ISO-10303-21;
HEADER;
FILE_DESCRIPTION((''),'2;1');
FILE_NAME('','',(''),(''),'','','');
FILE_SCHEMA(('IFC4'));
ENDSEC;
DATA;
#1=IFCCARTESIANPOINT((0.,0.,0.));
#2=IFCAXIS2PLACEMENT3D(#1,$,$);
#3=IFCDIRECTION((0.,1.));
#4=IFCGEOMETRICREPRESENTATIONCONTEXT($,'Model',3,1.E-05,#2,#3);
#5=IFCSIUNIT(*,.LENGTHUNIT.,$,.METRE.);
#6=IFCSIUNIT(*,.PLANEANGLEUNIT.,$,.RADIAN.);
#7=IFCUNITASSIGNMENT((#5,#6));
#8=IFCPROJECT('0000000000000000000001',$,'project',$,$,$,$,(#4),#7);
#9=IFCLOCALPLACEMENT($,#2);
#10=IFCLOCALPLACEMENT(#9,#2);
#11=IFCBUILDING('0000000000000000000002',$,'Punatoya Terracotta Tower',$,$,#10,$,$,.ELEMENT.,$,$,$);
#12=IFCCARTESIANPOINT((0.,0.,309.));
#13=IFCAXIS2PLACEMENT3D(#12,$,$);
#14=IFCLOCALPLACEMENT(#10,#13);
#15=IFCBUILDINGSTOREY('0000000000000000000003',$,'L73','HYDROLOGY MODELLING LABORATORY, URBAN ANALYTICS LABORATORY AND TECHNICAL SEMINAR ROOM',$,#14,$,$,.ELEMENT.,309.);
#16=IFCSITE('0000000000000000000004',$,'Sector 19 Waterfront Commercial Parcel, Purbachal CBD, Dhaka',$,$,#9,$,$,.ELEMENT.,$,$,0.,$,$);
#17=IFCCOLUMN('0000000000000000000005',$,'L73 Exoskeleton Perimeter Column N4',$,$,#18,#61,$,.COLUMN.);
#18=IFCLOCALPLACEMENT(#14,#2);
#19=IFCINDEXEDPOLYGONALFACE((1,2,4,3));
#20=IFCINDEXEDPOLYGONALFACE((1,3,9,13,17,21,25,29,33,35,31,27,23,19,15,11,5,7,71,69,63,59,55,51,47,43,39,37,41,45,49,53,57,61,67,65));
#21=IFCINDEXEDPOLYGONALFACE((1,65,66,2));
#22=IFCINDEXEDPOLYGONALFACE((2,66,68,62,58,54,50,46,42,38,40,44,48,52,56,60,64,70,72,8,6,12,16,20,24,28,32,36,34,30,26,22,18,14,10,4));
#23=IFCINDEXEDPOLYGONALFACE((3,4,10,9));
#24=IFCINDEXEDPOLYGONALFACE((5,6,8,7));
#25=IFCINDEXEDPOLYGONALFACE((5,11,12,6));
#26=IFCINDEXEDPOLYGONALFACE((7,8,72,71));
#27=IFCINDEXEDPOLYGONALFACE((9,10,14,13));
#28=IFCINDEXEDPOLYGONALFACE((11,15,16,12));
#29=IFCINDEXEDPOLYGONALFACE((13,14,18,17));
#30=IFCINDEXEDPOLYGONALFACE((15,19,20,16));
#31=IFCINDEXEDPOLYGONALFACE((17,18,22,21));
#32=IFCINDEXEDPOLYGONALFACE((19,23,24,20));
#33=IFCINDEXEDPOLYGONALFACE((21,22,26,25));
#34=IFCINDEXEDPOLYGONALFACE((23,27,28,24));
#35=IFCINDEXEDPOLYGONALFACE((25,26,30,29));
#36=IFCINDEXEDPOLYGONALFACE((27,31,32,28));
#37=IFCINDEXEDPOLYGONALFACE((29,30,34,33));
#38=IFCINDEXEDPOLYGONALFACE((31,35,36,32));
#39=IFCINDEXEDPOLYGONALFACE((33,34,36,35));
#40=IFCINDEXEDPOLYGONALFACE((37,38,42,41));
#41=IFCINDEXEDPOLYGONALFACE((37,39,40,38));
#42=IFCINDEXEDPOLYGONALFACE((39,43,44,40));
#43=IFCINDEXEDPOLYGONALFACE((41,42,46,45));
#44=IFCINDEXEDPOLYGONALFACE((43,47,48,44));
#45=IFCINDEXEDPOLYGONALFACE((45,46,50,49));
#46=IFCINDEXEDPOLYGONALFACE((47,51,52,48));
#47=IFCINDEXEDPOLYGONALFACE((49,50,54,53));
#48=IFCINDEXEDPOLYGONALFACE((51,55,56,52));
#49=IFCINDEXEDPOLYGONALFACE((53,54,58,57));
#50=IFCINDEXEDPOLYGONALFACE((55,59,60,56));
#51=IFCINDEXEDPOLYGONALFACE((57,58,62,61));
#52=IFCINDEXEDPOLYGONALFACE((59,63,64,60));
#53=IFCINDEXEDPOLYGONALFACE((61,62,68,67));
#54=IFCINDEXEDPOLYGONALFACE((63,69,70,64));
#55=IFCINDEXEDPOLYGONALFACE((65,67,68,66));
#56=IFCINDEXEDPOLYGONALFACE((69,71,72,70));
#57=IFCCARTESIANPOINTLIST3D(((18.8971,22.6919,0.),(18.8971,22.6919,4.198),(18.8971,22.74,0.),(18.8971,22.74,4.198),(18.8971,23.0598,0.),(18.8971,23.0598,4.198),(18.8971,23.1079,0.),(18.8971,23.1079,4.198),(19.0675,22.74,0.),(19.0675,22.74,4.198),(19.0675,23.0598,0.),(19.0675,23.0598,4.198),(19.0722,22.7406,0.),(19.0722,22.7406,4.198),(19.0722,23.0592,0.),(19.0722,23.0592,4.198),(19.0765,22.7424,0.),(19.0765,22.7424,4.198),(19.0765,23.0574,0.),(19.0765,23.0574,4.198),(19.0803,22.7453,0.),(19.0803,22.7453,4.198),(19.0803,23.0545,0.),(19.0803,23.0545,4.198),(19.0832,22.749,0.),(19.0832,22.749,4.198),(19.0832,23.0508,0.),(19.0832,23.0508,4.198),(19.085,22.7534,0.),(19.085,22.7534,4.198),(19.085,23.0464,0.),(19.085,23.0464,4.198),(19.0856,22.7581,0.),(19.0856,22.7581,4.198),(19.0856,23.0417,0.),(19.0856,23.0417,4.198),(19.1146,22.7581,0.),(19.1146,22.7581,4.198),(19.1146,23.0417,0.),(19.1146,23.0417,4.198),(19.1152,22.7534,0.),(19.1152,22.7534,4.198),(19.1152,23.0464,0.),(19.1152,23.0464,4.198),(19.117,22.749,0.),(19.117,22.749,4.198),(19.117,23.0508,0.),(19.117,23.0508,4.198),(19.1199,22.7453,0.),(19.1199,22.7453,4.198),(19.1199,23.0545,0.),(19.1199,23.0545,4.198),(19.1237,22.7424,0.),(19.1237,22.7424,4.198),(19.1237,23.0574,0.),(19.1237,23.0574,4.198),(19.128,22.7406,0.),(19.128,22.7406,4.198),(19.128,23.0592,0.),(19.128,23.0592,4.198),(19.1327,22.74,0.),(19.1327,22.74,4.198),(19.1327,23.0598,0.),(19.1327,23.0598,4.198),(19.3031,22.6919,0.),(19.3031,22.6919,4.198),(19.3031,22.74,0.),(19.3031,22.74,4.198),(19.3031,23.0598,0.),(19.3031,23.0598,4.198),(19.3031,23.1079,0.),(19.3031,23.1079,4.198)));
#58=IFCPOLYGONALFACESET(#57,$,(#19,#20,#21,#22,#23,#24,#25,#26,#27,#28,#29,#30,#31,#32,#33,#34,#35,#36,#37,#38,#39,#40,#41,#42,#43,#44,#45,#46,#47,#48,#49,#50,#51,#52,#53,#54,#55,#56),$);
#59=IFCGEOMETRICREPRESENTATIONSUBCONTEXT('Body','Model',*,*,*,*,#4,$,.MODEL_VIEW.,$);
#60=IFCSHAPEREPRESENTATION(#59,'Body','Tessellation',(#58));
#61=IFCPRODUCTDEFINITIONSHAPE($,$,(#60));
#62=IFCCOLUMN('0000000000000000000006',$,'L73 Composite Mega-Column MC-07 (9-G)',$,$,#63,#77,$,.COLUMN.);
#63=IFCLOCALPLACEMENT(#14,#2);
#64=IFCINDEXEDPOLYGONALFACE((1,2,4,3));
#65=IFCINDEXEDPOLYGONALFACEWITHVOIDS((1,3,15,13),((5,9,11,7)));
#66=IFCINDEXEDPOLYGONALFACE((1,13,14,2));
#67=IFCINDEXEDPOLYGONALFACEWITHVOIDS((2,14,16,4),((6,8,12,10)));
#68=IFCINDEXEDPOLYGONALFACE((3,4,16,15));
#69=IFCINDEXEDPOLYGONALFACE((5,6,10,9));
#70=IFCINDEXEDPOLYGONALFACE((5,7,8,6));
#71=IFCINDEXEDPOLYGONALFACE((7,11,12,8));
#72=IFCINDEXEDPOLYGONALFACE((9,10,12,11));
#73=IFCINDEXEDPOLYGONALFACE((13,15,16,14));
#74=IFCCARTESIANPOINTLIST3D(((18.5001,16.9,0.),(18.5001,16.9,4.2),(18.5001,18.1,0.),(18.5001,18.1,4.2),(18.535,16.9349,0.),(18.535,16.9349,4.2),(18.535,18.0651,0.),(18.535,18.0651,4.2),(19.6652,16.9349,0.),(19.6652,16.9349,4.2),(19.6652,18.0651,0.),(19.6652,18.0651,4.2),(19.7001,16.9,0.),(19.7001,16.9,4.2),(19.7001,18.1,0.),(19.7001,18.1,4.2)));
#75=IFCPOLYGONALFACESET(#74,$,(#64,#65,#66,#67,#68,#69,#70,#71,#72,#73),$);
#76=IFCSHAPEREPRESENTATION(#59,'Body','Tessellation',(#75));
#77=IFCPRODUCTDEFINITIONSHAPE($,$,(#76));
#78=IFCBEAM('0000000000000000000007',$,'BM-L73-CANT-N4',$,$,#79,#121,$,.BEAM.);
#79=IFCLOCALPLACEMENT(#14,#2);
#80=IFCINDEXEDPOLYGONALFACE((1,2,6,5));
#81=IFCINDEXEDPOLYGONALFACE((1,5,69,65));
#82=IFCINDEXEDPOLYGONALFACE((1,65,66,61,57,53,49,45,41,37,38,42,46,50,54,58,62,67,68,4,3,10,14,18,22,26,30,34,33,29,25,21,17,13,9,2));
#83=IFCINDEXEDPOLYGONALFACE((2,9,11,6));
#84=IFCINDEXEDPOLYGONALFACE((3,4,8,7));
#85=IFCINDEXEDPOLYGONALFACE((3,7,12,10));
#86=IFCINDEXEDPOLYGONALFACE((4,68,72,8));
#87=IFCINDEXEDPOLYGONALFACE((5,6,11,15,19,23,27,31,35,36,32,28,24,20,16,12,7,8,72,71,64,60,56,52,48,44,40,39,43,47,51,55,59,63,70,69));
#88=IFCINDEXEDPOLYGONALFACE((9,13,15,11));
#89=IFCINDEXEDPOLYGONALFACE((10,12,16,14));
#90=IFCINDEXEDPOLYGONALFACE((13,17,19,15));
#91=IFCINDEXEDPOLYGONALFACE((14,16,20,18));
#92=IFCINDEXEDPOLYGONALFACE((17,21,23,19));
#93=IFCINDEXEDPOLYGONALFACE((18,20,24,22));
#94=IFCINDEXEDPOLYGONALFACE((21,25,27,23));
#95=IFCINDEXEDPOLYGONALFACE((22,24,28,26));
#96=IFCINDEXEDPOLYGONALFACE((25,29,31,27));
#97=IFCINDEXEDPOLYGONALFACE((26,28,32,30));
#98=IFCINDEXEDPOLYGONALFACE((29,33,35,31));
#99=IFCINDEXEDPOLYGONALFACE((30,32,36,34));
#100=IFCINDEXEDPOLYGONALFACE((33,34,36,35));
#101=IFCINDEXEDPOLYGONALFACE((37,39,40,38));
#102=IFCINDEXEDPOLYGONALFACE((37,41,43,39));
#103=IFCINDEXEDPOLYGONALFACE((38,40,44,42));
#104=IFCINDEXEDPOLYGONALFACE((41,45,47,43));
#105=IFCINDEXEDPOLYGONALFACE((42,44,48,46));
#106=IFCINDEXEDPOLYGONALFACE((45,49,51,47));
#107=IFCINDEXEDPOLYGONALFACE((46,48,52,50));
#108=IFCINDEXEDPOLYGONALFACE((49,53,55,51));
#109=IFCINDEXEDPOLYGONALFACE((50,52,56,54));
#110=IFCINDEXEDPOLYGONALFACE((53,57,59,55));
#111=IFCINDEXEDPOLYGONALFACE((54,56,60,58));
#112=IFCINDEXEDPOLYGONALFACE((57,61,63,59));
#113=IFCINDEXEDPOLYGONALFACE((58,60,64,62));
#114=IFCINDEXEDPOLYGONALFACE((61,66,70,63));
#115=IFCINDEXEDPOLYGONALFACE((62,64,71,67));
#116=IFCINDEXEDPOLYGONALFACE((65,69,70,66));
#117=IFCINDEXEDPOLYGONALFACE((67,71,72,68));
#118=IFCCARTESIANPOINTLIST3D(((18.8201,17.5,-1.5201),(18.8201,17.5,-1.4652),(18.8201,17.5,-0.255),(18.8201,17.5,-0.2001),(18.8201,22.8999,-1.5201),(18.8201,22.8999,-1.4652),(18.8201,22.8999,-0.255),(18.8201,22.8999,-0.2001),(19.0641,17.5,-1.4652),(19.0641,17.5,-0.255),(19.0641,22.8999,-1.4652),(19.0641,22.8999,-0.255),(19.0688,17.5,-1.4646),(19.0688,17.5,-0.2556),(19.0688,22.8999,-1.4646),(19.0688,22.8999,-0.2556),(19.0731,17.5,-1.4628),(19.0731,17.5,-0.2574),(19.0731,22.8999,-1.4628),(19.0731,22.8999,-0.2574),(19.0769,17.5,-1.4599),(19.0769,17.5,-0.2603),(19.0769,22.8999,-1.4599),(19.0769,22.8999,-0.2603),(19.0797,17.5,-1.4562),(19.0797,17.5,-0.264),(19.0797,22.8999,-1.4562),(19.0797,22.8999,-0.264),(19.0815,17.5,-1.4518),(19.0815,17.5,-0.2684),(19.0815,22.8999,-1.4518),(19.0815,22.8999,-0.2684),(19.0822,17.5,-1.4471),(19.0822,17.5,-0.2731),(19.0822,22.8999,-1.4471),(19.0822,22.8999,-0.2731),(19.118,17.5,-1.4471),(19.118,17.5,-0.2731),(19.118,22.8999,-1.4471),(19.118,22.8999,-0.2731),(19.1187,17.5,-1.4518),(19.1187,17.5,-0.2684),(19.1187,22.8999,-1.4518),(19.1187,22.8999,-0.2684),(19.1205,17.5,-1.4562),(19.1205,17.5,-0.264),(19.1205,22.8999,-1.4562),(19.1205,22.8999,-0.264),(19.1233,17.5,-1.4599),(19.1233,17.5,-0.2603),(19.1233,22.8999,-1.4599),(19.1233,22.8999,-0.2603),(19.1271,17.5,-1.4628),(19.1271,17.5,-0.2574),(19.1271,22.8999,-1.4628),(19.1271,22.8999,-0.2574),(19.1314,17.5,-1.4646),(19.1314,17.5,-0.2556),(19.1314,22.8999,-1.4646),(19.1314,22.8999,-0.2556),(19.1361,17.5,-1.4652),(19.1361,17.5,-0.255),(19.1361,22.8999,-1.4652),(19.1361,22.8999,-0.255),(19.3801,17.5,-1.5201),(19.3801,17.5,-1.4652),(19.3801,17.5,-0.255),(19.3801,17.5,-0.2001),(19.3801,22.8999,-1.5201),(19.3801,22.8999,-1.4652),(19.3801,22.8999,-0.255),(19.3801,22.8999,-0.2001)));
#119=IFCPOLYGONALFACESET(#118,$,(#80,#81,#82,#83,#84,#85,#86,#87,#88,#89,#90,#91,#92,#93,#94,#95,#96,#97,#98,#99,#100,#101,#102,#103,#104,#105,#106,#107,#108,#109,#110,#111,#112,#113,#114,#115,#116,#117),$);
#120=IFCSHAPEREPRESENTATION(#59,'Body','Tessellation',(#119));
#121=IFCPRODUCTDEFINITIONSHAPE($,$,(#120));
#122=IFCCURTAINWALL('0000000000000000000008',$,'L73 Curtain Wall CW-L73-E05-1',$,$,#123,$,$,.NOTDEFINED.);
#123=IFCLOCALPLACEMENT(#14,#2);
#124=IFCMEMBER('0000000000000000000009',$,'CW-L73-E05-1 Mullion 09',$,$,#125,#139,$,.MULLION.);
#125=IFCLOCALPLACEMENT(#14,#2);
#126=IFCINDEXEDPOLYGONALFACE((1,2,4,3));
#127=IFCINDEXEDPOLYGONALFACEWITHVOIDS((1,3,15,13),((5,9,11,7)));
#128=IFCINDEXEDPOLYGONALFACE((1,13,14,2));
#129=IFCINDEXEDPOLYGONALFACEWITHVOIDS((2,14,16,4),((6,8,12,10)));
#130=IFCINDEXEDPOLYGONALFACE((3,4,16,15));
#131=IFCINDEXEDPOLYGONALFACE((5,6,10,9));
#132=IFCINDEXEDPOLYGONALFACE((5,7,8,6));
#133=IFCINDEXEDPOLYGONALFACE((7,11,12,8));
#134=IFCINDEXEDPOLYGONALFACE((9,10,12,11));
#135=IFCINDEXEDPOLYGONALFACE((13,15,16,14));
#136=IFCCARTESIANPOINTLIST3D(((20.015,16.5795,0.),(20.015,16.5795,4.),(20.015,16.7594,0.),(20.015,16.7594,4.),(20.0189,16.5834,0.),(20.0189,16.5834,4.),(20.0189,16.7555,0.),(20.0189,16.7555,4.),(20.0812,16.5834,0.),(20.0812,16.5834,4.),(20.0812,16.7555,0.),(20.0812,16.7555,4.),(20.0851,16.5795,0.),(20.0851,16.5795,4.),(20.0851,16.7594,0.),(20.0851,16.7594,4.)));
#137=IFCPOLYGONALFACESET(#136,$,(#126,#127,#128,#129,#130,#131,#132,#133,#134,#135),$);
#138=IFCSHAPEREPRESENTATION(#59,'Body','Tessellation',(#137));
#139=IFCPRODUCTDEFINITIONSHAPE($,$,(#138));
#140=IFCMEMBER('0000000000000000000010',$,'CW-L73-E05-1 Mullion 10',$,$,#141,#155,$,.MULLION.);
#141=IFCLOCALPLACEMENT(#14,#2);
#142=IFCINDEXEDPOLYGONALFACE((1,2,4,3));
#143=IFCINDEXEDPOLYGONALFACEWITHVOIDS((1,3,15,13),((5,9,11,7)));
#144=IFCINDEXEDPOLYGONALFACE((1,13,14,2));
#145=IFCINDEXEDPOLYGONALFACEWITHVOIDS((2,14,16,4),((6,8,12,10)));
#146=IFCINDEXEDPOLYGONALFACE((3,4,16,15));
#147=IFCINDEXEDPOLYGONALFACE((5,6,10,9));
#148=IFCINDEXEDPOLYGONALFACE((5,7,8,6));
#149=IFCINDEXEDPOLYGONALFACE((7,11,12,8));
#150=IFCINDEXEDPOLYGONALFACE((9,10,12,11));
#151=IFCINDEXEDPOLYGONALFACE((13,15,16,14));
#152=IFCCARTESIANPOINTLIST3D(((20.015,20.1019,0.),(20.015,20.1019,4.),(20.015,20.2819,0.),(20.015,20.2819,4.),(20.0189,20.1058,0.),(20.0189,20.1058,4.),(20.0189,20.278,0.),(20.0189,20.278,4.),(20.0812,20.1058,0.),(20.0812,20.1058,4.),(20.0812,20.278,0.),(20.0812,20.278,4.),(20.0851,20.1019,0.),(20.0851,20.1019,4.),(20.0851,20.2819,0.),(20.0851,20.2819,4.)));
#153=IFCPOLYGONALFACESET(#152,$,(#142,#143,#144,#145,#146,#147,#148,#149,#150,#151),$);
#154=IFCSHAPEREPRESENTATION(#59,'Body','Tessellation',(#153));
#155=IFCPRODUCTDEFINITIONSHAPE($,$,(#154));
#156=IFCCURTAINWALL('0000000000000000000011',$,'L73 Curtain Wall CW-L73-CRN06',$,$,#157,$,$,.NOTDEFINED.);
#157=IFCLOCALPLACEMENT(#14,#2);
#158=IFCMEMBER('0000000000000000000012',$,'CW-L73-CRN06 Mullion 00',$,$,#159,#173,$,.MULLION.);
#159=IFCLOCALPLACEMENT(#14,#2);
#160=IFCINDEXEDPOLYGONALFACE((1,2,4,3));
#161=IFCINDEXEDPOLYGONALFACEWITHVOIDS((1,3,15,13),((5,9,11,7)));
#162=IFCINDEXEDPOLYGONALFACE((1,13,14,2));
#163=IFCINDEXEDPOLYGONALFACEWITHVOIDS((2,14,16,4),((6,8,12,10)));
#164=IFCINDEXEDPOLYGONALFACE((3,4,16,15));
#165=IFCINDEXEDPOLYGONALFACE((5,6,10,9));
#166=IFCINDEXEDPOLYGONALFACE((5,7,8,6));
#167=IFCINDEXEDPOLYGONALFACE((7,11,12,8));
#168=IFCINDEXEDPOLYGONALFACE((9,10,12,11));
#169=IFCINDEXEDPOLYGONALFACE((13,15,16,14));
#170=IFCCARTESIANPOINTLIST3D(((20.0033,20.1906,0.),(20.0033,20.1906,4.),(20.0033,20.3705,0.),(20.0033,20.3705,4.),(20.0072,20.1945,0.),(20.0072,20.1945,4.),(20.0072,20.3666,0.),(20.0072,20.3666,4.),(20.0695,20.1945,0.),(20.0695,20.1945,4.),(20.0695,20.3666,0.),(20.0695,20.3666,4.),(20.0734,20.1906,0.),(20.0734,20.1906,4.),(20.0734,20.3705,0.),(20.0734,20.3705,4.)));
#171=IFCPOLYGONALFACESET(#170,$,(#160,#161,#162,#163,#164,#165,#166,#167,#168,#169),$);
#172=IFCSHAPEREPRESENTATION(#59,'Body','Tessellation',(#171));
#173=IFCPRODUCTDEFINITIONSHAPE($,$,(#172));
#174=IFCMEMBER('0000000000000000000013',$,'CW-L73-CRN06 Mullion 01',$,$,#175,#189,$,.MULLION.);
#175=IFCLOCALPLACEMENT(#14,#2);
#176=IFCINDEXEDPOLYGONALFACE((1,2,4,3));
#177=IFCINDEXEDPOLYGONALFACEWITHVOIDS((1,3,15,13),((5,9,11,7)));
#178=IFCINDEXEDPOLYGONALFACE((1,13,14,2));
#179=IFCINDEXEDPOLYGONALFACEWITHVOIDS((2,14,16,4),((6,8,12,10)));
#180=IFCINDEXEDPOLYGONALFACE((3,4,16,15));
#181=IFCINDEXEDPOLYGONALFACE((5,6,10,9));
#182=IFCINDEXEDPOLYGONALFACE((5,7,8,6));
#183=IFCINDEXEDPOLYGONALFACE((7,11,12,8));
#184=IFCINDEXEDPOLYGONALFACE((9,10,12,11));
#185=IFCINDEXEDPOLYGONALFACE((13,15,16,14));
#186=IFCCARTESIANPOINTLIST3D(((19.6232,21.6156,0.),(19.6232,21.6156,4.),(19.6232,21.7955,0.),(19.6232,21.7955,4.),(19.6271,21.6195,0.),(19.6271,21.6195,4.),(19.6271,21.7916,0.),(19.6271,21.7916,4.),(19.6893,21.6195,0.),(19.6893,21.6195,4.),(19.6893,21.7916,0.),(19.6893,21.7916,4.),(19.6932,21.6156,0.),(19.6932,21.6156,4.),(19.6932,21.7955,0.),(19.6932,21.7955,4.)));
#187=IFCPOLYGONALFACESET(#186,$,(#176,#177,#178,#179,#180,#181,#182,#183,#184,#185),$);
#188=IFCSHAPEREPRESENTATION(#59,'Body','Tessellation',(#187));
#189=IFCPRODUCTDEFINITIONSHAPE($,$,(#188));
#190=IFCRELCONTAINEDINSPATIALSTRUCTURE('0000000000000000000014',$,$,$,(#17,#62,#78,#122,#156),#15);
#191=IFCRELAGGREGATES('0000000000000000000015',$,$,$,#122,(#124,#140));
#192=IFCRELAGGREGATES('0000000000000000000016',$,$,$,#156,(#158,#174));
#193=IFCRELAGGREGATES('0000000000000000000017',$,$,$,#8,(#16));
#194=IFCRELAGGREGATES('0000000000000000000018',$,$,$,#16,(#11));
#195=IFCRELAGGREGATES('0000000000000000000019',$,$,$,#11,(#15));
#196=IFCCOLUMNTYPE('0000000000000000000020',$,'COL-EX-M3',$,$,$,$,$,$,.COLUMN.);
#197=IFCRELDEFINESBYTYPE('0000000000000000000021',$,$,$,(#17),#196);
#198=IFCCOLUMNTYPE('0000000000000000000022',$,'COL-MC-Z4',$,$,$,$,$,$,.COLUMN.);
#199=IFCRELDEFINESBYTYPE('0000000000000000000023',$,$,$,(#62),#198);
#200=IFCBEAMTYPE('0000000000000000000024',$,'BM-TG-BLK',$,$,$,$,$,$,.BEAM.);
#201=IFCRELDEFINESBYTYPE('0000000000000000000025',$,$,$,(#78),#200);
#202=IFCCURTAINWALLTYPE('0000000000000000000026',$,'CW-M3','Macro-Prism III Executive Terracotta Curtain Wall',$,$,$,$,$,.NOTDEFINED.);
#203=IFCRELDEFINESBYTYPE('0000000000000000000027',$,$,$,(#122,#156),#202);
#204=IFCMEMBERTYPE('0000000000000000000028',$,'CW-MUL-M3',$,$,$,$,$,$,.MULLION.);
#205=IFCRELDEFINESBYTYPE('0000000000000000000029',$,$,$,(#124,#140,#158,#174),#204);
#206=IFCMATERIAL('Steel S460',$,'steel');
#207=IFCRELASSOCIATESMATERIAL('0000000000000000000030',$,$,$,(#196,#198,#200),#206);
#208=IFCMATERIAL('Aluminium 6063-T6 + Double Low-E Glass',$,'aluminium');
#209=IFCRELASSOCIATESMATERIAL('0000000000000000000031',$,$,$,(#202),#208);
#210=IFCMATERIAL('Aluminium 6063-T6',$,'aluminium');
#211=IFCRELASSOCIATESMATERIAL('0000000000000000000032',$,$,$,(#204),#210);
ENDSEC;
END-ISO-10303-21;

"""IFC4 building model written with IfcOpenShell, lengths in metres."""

from ifc_helpers import new_model, si_unit, direction, frame, origin, origin_2d, place, context, subcontext, project, spatial, hollow_rectangle, i_section, extrude, material, material_profile, profile_set, type_object, element, aggregate, save


model = new_model("IFC4")

# Units and contexts
model_context = context("Model", 3, precision=1e-05, world=origin(), true_north=direction((0.0, 1.0)))
body_context = subcontext(model_context, "Body", "Model", "MODEL_VIEW")
ifc_project = project(units=[si_unit("LENGTHUNIT", "METRE"), si_unit("PLANEANGLEUNIT", "RADIAN")], contexts=[model_context])

# Site, building, storey
site_placement = place(None, origin())
site = spatial("IfcSite", under=ifc_project, at=site_placement, Name="Sector 19 Waterfront Commercial Parcel, Purbachal CBD, Dhaka", CompositionType="ELEMENT", RefElevation=0.0)
building_placement = place(site_placement, origin())
building = spatial("IfcBuilding", under=site, at=building_placement, Name="Punatoya Terracotta Tower", CompositionType="ELEMENT")
storey_placement = place(building_placement, frame((0.0, 0.0, 309.0)))
storey = spatial("IfcBuildingStorey", under=building, at=storey_placement, Name="L73", Description="HYDROLOGY MODELLING LABORATORY, URBAN ANALYTICS LABORATORY AND TECHNICAL SEMINAR ROOM", CompositionType="ELEMENT", Elevation=309.0)

# Columns
ifc_material_1 = material(Name="Steel S460", Category="steel")
ifc_material_profile_1 = material_profile(ifc_material_1, i_section(OverallWidth=0.406, OverallDepth=0.416, WebThickness=0.0291, FlangeThickness=0.0481, FilletRadius=0.0181, at=origin_2d()))
ifc_profile_set_1 = profile_set([ifc_material_profile_1], Name="Steel S460")
column_type_1 = type_object("IfcColumnType", Name="COL-EX-M3", PredefinedType="COLUMN", material=ifc_profile_set_1)
column_1_placement = place(storey_placement, frame((19.1001, 22.8999, 0.0), z_axis=(0.0, 0.0, 1.0), x_axis=(1.0, 0.0, 0.0)))
element("IfcColumn", 1, at=column_1_placement, inside=storey, type_object=column_type_1, Name="L73 Exoskeleton Perimeter Column N4", PredefinedType="COLUMN", context=body_context, shape_type="SweptSolid", body=[
    extrude(i_section(OverallWidth=0.406, OverallDepth=0.416, WebThickness=0.0291, FlangeThickness=0.0481, FilletRadius=0.0181, at=origin_2d()), origin(), (0.0, 0.0, 1.0), 4.198),
])
ifc_material_profile_2 = material_profile(ifc_material_1, hollow_rectangle(XDim=1.2, YDim=1.2, WallThickness=0.0349, at=origin_2d()))
ifc_profile_set_2 = profile_set([ifc_material_profile_2], Name="Steel S460")
column_type_2 = type_object("IfcColumnType", Name="COL-MC-Z4", PredefinedType="COLUMN", material=ifc_profile_set_2)
column_2_placement = place(storey_placement, frame((19.1001, 17.5, 0.0), z_axis=(0.0, 0.0, 1.0), x_axis=(1.0, 0.0, 0.0)))
element("IfcColumn", 2, at=column_2_placement, inside=storey, type_object=column_type_2, Name="L73 Composite Mega-Column MC-07 (9-G)", PredefinedType="COLUMN", context=body_context, shape_type="SweptSolid", body=[
    extrude(hollow_rectangle(XDim=1.2, YDim=1.2, WallThickness=0.0349, at=origin_2d()), origin(), (0.0, 0.0, 1.0), 4.2),
])

# Beam
ifc_material_profile_3 = material_profile(ifc_material_1, i_section(OverallWidth=0.5601, OverallDepth=1.3201, WebThickness=0.0359, FlangeThickness=0.0549, FilletRadius=0.0181, at=origin_2d()))
ifc_profile_set_3 = profile_set([ifc_material_profile_3], Name="Steel S460")
beam_type = type_object("IfcBeamType", Name="BM-TG-BLK", PredefinedType="BEAM", material=ifc_profile_set_3)
beam_placement = place(storey_placement, frame((19.1001, 17.5, -0.8601), z_axis=(0.0, 1.0, 0.0), x_axis=(-1.0, 0.0, 0.0)))
element("IfcBeam", 3, at=beam_placement, inside=storey, type_object=beam_type, Name="BM-L73-CANT-N4", PredefinedType="BEAM", context=body_context, shape_type="SweptSolid", body=[
    extrude(i_section(OverallWidth=0.5601, OverallDepth=1.3201, WebThickness=0.0359, FlangeThickness=0.0549, FilletRadius=0.0181, at=origin_2d()), origin(), (0.0, 0.0, 1.0), 5.3999),
])

# Curtain walls, members
ifc_material_2 = material(Name="Aluminium 6063-T6 + Double Low-E Glass", Category="aluminium")
curtain_wall_type = type_object("IfcCurtainWallType", Name="CW-M3", Description="Macro-Prism III Executive Terracotta Curtain Wall", PredefinedType="NOTDEFINED", material=ifc_material_2)
curtain_wall_1_placement = place(storey_placement, origin())
curtain_wall_1 = element("IfcCurtainWall", 4, at=curtain_wall_1_placement, inside=storey, type_object=curtain_wall_type, Name="L73 Curtain Wall CW-L73-E05-1", PredefinedType="NOTDEFINED")
ifc_material_3 = material(Name="Aluminium 6063-T6", Category="aluminium")
ifc_material_profile_4 = material_profile(ifc_material_3, hollow_rectangle(XDim=0.0701, YDim=0.1799, WallThickness=0.0039, at=origin_2d()))
ifc_profile_set_4 = profile_set([ifc_material_profile_4], Name="Aluminium 6063-T6")
member_type_1 = type_object("IfcMemberType", Name="CW-MUL-M3", PredefinedType="MULLION", material=ifc_profile_set_4)
member_1_placement = place(storey_placement, frame((20.05, 16.6694, 0.0), z_axis=(0.0, 0.0, 1.0), x_axis=(1.0, 0.0, 0.0)))
member_1 = element("IfcMember", 5, at=member_1_placement, type_object=member_type_1, Name="CW-L73-E05-1 Mullion 09", PredefinedType="MULLION", context=body_context, shape_type="SweptSolid", body=[
    extrude(hollow_rectangle(XDim=0.0701, YDim=0.1799, WallThickness=0.0039, at=origin_2d()), origin(), (0.0, 0.0, 1.0), 4.0),
])
member_2_placement = place(storey_placement, frame((20.05, 20.1919, 0.0), z_axis=(0.0, 0.0, 1.0), x_axis=(1.0, 0.0, 0.0)))
member_2 = element("IfcMember", 6, at=member_2_placement, type_object=member_type_1, Name="CW-L73-E05-1 Mullion 10", PredefinedType="MULLION", context=body_context, shape_type="SweptSolid", body=[
    extrude(hollow_rectangle(XDim=0.0701, YDim=0.1799, WallThickness=0.0039, at=origin_2d()), origin(), (0.0, 0.0, 1.0), 4.0),
])
curtain_wall_2_placement = place(storey_placement, origin())
curtain_wall_2 = element("IfcCurtainWall", 7, at=curtain_wall_2_placement, inside=storey, type_object=curtain_wall_type, Name="L73 Curtain Wall CW-L73-CRN06", PredefinedType="NOTDEFINED")
member_3_placement = place(storey_placement, frame((20.0383, 20.2805, 0.0), z_axis=(0.0, 0.0, 1.0), x_axis=(1.0, 0.0, 0.0)))
member_3 = element("IfcMember", 8, at=member_3_placement, type_object=member_type_1, Name="CW-L73-CRN06 Mullion 00", PredefinedType="MULLION", context=body_context, shape_type="SweptSolid", body=[
    extrude(hollow_rectangle(XDim=0.0701, YDim=0.1799, WallThickness=0.0039, at=origin_2d()), origin(), (0.0, 0.0, 1.0), 4.0),
])
member_4_placement = place(storey_placement, frame((19.6582, 21.7056, 0.0), z_axis=(0.0, 0.0, 1.0), x_axis=(1.0, 0.0, 0.0)))
member_4 = element("IfcMember", 9, at=member_4_placement, type_object=member_type_1, Name="CW-L73-CRN06 Mullion 01", PredefinedType="MULLION", context=body_context, shape_type="SweptSolid", body=[
    extrude(hollow_rectangle(XDim=0.0701, YDim=0.1799, WallThickness=0.0039, at=origin_2d()), origin(), (0.0, 0.0, 1.0), 4.0),
])

aggregate(curtain_wall_1, [member_1, member_2])
aggregate(curtain_wall_2, [member_3, member_4])

save(model, "model.ifc")
